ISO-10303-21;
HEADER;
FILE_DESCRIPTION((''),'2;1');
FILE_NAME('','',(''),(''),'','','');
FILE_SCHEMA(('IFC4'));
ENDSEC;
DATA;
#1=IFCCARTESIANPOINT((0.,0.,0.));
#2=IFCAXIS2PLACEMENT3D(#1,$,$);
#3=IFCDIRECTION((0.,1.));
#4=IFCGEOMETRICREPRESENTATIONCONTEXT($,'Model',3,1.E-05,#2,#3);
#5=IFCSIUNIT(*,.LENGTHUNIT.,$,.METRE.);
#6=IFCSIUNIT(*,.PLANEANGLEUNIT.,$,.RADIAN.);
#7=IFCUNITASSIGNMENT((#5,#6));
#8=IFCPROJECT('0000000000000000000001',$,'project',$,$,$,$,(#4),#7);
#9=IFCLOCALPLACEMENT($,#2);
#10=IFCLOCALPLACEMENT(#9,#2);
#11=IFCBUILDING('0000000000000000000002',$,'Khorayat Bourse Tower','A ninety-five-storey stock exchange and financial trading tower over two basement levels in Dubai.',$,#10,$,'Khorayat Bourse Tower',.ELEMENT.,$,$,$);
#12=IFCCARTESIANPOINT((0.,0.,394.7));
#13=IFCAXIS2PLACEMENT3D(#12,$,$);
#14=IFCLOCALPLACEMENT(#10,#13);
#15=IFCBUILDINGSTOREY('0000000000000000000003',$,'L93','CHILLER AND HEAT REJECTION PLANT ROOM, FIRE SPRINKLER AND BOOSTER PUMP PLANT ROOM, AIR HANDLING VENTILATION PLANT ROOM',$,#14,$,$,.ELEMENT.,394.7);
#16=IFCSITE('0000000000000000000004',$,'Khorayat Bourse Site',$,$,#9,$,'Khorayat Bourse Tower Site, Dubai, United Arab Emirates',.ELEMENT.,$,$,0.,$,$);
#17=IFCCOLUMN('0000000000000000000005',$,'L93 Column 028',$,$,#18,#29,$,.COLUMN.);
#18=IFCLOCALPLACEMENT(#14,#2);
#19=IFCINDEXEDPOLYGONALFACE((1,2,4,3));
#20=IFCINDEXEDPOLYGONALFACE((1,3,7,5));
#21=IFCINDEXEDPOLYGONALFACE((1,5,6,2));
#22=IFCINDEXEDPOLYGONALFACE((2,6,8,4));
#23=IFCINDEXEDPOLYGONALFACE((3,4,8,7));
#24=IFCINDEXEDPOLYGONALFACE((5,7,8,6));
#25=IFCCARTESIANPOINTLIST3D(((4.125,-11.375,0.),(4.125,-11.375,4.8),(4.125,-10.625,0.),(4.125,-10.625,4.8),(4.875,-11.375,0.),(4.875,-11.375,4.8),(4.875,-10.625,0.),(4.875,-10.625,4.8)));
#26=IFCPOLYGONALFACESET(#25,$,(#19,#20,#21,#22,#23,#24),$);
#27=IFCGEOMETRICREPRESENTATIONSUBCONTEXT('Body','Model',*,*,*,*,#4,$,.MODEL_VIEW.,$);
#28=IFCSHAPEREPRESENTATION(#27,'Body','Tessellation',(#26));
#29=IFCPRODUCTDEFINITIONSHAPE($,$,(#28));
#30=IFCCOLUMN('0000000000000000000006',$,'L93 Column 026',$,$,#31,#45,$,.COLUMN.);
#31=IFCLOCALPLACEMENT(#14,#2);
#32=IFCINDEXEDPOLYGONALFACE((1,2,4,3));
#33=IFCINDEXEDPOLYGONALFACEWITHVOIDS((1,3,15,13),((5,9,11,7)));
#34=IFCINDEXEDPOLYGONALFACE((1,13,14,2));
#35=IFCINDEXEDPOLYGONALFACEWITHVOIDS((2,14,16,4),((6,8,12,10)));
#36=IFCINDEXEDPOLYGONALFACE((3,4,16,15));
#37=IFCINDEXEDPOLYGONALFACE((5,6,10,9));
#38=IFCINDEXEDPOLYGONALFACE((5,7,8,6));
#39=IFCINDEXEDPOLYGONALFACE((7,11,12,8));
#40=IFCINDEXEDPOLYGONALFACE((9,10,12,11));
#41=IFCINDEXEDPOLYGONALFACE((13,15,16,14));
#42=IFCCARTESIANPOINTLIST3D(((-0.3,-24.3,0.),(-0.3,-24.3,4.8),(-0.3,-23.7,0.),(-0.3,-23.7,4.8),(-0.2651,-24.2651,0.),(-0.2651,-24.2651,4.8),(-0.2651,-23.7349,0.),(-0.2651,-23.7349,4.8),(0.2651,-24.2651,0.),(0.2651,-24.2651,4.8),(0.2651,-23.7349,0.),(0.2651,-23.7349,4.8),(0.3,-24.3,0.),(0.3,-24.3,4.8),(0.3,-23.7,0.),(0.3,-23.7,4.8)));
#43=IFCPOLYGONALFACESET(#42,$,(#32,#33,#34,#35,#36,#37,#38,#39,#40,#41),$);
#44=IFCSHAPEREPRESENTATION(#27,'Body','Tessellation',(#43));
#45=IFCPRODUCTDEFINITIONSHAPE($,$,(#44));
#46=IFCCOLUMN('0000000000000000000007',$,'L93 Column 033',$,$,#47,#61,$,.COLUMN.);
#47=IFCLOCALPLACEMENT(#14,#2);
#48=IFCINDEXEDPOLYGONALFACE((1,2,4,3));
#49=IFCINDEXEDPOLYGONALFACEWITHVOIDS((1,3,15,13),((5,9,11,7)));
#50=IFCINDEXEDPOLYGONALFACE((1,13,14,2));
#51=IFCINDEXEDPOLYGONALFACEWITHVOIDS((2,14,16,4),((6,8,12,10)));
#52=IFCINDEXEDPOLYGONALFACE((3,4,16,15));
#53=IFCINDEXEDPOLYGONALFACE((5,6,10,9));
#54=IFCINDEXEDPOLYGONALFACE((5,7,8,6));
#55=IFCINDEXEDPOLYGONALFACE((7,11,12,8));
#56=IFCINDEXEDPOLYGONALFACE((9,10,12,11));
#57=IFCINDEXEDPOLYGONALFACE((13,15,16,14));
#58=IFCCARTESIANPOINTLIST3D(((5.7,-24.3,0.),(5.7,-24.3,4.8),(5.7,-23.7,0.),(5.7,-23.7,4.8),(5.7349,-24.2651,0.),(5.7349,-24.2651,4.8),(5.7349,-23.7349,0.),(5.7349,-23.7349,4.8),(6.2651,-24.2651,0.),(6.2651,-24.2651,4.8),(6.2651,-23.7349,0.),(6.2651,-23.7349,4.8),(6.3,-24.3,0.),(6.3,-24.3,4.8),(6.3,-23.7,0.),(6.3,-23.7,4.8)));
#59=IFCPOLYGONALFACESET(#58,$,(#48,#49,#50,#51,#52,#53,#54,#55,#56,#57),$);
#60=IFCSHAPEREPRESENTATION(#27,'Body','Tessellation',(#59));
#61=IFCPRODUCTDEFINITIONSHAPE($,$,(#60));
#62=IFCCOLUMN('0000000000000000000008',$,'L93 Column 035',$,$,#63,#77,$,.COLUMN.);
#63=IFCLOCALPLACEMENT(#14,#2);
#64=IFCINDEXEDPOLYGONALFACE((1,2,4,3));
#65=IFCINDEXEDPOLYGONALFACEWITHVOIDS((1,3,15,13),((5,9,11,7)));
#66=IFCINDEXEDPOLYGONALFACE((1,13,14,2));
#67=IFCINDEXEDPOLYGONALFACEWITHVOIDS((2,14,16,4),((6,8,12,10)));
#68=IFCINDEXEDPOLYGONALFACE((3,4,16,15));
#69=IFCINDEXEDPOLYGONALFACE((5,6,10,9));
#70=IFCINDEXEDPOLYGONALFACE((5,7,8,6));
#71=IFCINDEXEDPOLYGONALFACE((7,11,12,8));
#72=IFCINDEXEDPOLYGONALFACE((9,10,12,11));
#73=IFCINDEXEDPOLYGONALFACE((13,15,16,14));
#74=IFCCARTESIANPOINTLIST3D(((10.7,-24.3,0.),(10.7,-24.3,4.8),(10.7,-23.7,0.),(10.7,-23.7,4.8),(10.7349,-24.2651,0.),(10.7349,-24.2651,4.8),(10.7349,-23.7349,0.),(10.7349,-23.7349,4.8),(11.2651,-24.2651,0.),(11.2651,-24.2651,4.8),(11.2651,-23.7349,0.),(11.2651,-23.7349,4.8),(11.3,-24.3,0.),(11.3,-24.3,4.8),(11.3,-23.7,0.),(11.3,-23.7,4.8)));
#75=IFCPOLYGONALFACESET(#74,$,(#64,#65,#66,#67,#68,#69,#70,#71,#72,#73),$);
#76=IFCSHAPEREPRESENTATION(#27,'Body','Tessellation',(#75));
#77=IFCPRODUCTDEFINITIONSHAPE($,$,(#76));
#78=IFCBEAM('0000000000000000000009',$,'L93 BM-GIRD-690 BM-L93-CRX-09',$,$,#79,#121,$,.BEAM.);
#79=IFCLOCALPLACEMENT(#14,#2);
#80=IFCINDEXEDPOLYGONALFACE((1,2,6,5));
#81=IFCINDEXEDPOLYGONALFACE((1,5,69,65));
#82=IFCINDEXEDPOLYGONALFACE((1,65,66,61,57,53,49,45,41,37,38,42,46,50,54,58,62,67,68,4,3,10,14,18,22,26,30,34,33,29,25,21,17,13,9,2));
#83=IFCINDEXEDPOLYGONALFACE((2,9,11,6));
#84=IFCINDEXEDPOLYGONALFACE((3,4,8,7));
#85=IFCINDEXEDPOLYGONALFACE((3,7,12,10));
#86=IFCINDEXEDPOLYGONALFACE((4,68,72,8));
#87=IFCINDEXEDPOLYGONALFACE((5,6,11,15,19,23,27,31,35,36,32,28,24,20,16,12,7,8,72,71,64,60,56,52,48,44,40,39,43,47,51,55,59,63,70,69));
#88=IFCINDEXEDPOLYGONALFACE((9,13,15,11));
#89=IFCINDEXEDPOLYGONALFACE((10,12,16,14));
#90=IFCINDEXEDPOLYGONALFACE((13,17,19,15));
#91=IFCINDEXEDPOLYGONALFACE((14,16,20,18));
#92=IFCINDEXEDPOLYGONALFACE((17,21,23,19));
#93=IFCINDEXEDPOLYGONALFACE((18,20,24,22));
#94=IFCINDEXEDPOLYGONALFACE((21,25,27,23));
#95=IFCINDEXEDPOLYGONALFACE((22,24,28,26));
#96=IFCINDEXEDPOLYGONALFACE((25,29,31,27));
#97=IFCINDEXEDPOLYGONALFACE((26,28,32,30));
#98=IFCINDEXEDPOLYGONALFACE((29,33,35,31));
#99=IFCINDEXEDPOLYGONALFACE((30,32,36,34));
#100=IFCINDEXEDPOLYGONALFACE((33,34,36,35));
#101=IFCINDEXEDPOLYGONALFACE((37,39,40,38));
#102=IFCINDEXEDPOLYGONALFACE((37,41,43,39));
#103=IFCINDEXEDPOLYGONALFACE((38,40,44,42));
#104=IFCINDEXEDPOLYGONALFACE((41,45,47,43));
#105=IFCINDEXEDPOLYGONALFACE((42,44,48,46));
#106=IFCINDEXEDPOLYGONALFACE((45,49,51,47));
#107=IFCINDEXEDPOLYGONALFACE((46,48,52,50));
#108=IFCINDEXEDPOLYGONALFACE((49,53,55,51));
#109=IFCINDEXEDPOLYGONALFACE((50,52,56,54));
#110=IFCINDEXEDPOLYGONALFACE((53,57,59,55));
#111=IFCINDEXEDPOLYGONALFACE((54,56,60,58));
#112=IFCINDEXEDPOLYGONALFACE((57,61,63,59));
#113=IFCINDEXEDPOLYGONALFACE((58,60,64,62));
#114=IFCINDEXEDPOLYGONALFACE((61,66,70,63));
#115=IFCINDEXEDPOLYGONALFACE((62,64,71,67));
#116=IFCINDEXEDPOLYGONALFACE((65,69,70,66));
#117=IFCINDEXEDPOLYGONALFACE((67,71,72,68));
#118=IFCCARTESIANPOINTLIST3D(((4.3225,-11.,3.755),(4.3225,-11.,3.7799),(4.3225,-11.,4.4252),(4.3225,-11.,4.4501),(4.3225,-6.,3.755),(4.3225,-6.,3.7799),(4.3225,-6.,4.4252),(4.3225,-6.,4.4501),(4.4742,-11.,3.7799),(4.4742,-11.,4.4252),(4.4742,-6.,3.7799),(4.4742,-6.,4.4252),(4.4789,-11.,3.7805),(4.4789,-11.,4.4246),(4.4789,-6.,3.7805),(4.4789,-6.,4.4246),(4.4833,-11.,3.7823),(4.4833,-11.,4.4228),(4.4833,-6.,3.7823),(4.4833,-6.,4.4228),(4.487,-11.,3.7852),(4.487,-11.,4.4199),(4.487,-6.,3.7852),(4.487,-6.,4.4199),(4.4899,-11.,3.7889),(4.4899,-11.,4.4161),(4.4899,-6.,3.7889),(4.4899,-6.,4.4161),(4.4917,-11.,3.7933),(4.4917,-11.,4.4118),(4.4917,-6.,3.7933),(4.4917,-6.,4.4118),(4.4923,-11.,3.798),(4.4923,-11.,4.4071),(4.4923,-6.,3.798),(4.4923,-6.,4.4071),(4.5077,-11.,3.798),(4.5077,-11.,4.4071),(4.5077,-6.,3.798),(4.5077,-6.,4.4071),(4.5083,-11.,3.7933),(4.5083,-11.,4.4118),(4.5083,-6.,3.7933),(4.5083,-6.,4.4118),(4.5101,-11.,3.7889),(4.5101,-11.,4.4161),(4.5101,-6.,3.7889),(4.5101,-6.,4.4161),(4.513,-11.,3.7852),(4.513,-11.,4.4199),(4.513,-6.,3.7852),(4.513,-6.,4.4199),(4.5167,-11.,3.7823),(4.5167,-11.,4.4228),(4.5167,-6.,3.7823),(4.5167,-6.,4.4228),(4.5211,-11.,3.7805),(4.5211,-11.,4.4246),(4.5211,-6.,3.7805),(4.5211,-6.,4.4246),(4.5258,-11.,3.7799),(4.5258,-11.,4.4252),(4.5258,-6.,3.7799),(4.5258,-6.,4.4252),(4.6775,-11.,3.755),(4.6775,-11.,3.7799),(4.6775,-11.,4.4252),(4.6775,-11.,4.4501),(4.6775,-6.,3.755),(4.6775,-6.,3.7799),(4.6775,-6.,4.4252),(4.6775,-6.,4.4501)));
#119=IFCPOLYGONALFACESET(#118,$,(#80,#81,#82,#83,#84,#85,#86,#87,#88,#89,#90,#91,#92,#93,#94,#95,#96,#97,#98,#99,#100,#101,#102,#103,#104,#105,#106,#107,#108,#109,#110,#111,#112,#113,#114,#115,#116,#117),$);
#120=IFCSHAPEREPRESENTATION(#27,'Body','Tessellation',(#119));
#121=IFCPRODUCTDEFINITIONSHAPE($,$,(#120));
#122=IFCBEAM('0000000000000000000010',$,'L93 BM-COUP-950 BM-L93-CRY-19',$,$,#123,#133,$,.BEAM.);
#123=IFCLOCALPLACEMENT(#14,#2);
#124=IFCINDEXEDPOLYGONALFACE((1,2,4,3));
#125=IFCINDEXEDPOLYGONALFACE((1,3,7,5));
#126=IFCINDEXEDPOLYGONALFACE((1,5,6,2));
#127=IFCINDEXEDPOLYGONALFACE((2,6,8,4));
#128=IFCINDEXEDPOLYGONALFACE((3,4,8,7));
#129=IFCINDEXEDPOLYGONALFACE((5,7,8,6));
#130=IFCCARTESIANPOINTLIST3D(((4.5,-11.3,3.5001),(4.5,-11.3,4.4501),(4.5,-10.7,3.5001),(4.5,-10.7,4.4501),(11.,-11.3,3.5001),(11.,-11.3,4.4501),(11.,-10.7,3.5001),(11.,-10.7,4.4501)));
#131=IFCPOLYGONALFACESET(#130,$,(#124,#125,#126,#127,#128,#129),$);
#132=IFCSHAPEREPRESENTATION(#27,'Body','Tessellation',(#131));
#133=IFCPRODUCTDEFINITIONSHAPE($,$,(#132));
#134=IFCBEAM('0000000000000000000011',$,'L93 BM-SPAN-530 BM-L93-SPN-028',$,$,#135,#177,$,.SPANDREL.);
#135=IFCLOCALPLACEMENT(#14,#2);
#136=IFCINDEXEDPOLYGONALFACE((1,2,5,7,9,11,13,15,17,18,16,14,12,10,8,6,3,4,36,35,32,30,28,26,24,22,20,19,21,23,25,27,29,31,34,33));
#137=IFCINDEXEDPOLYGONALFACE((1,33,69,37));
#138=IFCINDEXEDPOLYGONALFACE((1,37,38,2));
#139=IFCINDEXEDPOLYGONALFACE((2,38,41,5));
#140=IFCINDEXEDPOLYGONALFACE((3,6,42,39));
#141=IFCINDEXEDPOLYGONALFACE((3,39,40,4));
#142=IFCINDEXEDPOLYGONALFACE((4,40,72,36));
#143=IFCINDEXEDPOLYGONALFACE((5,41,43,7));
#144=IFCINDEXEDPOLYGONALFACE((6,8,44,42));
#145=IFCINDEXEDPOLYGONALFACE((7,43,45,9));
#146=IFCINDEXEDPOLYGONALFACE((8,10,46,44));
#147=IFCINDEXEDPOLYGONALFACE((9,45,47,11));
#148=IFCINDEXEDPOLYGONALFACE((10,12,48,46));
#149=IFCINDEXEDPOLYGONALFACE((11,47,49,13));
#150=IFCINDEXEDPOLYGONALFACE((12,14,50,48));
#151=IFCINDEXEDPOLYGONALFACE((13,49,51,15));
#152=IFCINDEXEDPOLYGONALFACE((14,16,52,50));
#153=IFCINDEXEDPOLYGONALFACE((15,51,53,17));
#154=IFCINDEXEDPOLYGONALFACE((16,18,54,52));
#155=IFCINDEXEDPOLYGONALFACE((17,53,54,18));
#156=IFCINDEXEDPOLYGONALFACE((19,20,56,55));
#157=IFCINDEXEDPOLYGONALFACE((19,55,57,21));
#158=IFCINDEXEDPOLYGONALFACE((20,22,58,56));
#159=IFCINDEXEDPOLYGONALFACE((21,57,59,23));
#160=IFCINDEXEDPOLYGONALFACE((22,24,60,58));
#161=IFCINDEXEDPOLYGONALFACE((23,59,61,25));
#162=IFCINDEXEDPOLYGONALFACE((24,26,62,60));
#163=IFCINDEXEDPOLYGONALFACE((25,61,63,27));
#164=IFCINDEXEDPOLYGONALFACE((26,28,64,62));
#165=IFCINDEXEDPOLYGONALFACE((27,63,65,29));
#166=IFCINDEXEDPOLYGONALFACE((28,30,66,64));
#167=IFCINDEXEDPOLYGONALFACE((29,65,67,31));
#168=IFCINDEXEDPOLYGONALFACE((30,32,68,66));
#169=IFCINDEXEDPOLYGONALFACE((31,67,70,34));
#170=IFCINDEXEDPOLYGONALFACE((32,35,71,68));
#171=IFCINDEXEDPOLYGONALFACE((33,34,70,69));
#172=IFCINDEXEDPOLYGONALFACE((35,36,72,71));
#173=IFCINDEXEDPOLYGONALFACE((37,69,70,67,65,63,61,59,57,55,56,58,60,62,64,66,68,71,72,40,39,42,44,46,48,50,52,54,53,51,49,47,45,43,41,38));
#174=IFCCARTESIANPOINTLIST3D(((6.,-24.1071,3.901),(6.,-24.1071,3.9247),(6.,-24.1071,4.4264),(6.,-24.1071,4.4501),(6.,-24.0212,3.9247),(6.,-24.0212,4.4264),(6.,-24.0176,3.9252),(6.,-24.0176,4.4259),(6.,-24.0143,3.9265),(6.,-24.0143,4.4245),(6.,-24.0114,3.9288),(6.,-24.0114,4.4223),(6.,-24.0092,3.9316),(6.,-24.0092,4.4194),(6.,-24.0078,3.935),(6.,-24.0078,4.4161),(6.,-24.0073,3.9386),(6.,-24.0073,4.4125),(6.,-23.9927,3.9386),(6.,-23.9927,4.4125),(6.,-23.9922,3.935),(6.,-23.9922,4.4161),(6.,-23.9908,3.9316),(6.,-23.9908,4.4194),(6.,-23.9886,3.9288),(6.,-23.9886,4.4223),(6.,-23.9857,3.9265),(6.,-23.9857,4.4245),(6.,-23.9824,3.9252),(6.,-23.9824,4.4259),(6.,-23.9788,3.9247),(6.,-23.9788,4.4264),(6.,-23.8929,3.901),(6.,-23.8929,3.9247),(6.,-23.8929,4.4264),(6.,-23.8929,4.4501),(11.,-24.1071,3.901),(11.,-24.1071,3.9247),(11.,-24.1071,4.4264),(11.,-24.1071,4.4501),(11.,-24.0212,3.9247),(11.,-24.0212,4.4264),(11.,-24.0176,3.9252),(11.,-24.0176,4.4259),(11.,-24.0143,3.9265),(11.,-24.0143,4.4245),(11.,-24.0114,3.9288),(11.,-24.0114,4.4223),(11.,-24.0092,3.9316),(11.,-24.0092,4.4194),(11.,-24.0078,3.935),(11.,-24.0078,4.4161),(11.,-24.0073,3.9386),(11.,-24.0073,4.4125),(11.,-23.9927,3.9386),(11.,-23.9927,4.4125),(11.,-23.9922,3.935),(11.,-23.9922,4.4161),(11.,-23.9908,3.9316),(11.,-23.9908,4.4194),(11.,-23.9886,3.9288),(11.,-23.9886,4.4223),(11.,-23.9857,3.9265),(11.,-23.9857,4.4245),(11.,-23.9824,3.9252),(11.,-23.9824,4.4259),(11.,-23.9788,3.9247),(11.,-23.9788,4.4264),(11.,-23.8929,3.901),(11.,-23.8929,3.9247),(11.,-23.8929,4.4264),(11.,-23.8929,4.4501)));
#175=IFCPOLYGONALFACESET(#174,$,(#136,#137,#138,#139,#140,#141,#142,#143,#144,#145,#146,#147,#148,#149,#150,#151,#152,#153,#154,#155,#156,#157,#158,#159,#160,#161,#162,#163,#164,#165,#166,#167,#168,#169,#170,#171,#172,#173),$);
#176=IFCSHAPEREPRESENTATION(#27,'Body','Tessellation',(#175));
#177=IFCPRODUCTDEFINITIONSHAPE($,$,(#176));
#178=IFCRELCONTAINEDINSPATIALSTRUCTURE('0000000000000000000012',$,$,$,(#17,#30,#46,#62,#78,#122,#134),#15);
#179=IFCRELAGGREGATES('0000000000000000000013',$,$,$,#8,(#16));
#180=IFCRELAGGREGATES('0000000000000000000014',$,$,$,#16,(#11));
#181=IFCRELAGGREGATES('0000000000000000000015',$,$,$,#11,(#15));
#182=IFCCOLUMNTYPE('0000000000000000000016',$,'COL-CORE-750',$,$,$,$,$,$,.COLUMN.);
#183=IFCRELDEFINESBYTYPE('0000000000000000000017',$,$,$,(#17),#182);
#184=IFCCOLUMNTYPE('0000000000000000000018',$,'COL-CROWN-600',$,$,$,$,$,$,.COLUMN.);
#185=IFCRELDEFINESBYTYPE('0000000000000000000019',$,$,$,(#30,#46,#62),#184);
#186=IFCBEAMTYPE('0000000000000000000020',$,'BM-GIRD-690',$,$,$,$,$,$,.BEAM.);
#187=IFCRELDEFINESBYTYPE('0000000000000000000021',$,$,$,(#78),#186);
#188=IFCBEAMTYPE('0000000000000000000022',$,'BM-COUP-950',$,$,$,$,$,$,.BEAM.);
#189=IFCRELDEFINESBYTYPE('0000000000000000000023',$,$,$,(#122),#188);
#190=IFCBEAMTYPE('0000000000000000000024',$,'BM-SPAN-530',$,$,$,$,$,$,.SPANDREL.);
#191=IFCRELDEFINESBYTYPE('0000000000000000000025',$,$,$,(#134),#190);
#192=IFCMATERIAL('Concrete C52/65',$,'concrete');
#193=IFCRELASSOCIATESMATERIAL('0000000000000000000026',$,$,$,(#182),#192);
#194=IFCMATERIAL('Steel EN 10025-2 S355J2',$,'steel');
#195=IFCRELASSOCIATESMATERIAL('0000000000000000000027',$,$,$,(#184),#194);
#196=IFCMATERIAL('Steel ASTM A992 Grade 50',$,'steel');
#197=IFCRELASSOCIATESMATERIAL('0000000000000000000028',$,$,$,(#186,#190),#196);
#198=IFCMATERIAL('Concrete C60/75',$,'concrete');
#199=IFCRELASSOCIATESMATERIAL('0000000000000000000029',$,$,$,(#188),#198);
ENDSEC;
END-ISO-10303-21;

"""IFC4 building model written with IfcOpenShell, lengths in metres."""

from ifc_helpers import new_model, si_unit, direction, frame, origin, origin_2d, place, context, subcontext, project, spatial, rectangle, hollow_rectangle, i_section, extrude, source, transform, mapped, material, material_profile, profile_set, type_object, element, save


model = new_model("IFC4")

# Units and contexts
model_context = context("Model", 3, precision=1e-05, world=origin(), true_north=direction((0.0, 1.0)))
body_context = subcontext(model_context, "Body", "Model", "MODEL_VIEW")
ifc_project = project(units=[si_unit("LENGTHUNIT", "METRE"), si_unit("PLANEANGLEUNIT", "RADIAN")], contexts=[model_context])

# Site, building, storey
site_placement = place(None, origin())
site = spatial("IfcSite", under=ifc_project, at=site_placement, Name="Khorayat Bourse Site", LongName="Khorayat Bourse Tower Site, Dubai, United Arab Emirates", CompositionType="ELEMENT", RefElevation=0.0)
building_placement = place(site_placement, origin())
building = spatial("IfcBuilding", under=site, at=building_placement, Name="Khorayat Bourse Tower", Description="A ninety-five-storey stock exchange and financial trading tower over two basement levels in Dubai.", LongName="Khorayat Bourse Tower", CompositionType="ELEMENT")
storey_placement = place(building_placement, frame((0.0, 0.0, 394.7)))
storey = spatial("IfcBuildingStorey", under=building, at=storey_placement, Name="L93", Description="CHILLER AND HEAT REJECTION PLANT ROOM, FIRE SPRINKLER AND BOOSTER PUMP PLANT ROOM, AIR HANDLING VENTILATION PLANT ROOM", CompositionType="ELEMENT", Elevation=394.7)

# Columns
ifc_material_1 = material(Name="Concrete C52/65", Category="concrete")
ifc_material_profile_1 = material_profile(ifc_material_1, rectangle(XDim=0.75, YDim=0.75, at=origin_2d()), Name="RC 750x750")
ifc_profile_set_1 = profile_set([ifc_material_profile_1], Name="Concrete C52/65")
column_type_1 = type_object("IfcColumnType", Name="COL-CORE-750", PredefinedType="COLUMN", material=ifc_profile_set_1)
shared_shape_1 = source(origin(), body_context, "Body", "SweptSolid", [
    extrude(rectangle(XDim=0.75, YDim=0.75, at=origin_2d()), origin(), (0.0, 0.0, 1.0), 4.8),
])
column_placement = place(storey_placement, frame((4.5, -11.0, 0.0), z_axis=(0.0, 0.0, 1.0), x_axis=(1.0, 0.0, 0.0)))
element("IfcColumn", 1, at=column_placement, inside=storey, type_object=column_type_1, Name="L93 Column 028", PredefinedType="COLUMN", context=body_context, shape_type="MappedRepresentation", body=[
    mapped(shared_shape_1, transform((0.0, 0.0, 0.0), scale=1.0)),
])
ifc_material_2 = material(Name="Steel EN 10025-2 S355J2", Category="steel")
ifc_material_profile_2 = material_profile(ifc_material_2, hollow_rectangle(XDim=0.6001, YDim=0.6001, WallThickness=0.0349, at=origin_2d()), Name="BOX 600x600x35")
ifc_profile_set_2 = profile_set([ifc_material_profile_2], Name="Steel EN 10025-2 S355J2")
column_type_2 = type_object("IfcColumnType", Name="COL-CROWN-600", PredefinedType="COLUMN", material=ifc_profile_set_2)
shared_shape_2 = source(origin(), body_context, "Body", "SweptSolid", [
    extrude(hollow_rectangle(XDim=0.6001, YDim=0.6001, WallThickness=0.0349, at=origin_2d()), origin(), (0.0, 0.0, 1.0), 4.8),
])
for number, where, z_axis, x_axis, name in (
    (2, (0.0, -24.0, 0.0), (0.0, 0.0, 1.0), (1.0, 0.0, 0.0), "L93 Column 026"),
    (3, (6.0, -24.0, 0.0), (0.0, 0.0, 1.0), (1.0, 0.0, 0.0), "L93 Column 033"),
    (4, (11.0, -24.0, 0.0), (0.0, 0.0, 1.0), (1.0, 0.0, 0.0), "L93 Column 035"),
):
    element("IfcColumn", number, at=place(storey_placement, frame(where, z_axis=z_axis, x_axis=x_axis)), inside=storey, type_object=column_type_2, Name=name, PredefinedType="COLUMN", context=body_context, shape_type="MappedRepresentation", body=[
        mapped(shared_shape_2, transform((0.0, 0.0, 0.0), scale=1.0)),
    ])

# Beams
ifc_material_3 = material(Name="Steel ASTM A992 Grade 50", Category="steel")
ifc_material_profile_3 = material_profile(ifc_material_3, i_section(OverallWidth=0.355, OverallDepth=0.6951, WebThickness=0.0154, FlangeThickness=0.0249, FilletRadius=0.0181, at=origin_2d()), Name="W690X217")
ifc_profile_set_3 = profile_set([ifc_material_profile_3], Name="Steel ASTM A992 Grade 50")
beam_type_1 = type_object("IfcBeamType", Name="BM-GIRD-690", PredefinedType="BEAM", material=ifc_profile_set_3)
shared_shape_3 = source(origin(), body_context, "Body", "SweptSolid", [
    extrude(i_section(OverallWidth=0.355, OverallDepth=0.6951, WebThickness=0.0154, FlangeThickness=0.0249, FilletRadius=0.0181, at=origin_2d()), origin(), (0.0, 0.0, 1.0), 5.0),
])
beam_1_placement = place(storey_placement, frame((4.5, -11.0, 4.1025), z_axis=(0.0, 1.0, 0.0), x_axis=(-1.0, 0.0, 0.0)))
element("IfcBeam", 5, at=beam_1_placement, inside=storey, type_object=beam_type_1, Name="L93 BM-GIRD-690 BM-L93-CRX-09", PredefinedType="BEAM", context=body_context, shape_type="MappedRepresentation", body=[
    mapped(shared_shape_3, transform((0.0, 0.0, 0.0), scale=1.0)),
])
ifc_material_4 = material(Name="Concrete C60/75", Category="concrete")
ifc_material_profile_4 = material_profile(ifc_material_4, rectangle(XDim=0.6001, YDim=0.95, at=origin_2d()), Name="RC 600x950")
ifc_profile_set_4 = profile_set([ifc_material_profile_4], Name="Concrete C60/75")
beam_type_2 = type_object("IfcBeamType", Name="BM-COUP-950", PredefinedType="BEAM", material=ifc_profile_set_4)
shared_shape_4 = source(origin(), body_context, "Body", "SweptSolid", [
    extrude(rectangle(XDim=0.6001, YDim=0.95, at=origin_2d()), origin(), (0.0, 0.0, 1.0), 6.5),
])
beam_2_placement = place(storey_placement, frame((4.5, -11.0, 3.9751), z_axis=(1.0, 0.0, 0.0), x_axis=(0.0, 1.0, 0.0)))
element("IfcBeam", 6, at=beam_2_placement, inside=storey, type_object=beam_type_2, Name="L93 BM-COUP-950 BM-L93-CRY-19", PredefinedType="BEAM", context=body_context, shape_type="MappedRepresentation", body=[
    mapped(shared_shape_4, transform((0.0, 0.0, 0.0), scale=1.0)),
])
ifc_material_profile_5 = material_profile(ifc_material_3, i_section(OverallWidth=0.2141, OverallDepth=0.5491, WebThickness=0.0146, FlangeThickness=0.0237, FilletRadius=0.0139, at=origin_2d()), Name="W530X138")
ifc_profile_set_5 = profile_set([ifc_material_profile_5], Name="Steel ASTM A992 Grade 50")
beam_type_3 = type_object("IfcBeamType", Name="BM-SPAN-530", PredefinedType="SPANDREL", material=ifc_profile_set_5)
shared_shape_5 = source(origin(), body_context, "Body", "SweptSolid", [
    extrude(i_section(OverallWidth=0.2141, OverallDepth=0.5491, WebThickness=0.0146, FlangeThickness=0.0237, FilletRadius=0.0139, at=origin_2d()), origin(), (0.0, 0.0, 1.0), 5.0),
])
beam_3_placement = place(storey_placement, frame((6.0, -24.0, 4.1755), z_axis=(1.0, 0.0, 0.0), x_axis=(0.0, 1.0, 0.0)))
element("IfcBeam", 7, at=beam_3_placement, inside=storey, type_object=beam_type_3, Name="L93 BM-SPAN-530 BM-L93-SPN-028", PredefinedType="SPANDREL", context=body_context, shape_type="MappedRepresentation", body=[
    mapped(shared_shape_5, transform((0.0, 0.0, 0.0), scale=1.0)),
])

save(model, "model.ifc")
